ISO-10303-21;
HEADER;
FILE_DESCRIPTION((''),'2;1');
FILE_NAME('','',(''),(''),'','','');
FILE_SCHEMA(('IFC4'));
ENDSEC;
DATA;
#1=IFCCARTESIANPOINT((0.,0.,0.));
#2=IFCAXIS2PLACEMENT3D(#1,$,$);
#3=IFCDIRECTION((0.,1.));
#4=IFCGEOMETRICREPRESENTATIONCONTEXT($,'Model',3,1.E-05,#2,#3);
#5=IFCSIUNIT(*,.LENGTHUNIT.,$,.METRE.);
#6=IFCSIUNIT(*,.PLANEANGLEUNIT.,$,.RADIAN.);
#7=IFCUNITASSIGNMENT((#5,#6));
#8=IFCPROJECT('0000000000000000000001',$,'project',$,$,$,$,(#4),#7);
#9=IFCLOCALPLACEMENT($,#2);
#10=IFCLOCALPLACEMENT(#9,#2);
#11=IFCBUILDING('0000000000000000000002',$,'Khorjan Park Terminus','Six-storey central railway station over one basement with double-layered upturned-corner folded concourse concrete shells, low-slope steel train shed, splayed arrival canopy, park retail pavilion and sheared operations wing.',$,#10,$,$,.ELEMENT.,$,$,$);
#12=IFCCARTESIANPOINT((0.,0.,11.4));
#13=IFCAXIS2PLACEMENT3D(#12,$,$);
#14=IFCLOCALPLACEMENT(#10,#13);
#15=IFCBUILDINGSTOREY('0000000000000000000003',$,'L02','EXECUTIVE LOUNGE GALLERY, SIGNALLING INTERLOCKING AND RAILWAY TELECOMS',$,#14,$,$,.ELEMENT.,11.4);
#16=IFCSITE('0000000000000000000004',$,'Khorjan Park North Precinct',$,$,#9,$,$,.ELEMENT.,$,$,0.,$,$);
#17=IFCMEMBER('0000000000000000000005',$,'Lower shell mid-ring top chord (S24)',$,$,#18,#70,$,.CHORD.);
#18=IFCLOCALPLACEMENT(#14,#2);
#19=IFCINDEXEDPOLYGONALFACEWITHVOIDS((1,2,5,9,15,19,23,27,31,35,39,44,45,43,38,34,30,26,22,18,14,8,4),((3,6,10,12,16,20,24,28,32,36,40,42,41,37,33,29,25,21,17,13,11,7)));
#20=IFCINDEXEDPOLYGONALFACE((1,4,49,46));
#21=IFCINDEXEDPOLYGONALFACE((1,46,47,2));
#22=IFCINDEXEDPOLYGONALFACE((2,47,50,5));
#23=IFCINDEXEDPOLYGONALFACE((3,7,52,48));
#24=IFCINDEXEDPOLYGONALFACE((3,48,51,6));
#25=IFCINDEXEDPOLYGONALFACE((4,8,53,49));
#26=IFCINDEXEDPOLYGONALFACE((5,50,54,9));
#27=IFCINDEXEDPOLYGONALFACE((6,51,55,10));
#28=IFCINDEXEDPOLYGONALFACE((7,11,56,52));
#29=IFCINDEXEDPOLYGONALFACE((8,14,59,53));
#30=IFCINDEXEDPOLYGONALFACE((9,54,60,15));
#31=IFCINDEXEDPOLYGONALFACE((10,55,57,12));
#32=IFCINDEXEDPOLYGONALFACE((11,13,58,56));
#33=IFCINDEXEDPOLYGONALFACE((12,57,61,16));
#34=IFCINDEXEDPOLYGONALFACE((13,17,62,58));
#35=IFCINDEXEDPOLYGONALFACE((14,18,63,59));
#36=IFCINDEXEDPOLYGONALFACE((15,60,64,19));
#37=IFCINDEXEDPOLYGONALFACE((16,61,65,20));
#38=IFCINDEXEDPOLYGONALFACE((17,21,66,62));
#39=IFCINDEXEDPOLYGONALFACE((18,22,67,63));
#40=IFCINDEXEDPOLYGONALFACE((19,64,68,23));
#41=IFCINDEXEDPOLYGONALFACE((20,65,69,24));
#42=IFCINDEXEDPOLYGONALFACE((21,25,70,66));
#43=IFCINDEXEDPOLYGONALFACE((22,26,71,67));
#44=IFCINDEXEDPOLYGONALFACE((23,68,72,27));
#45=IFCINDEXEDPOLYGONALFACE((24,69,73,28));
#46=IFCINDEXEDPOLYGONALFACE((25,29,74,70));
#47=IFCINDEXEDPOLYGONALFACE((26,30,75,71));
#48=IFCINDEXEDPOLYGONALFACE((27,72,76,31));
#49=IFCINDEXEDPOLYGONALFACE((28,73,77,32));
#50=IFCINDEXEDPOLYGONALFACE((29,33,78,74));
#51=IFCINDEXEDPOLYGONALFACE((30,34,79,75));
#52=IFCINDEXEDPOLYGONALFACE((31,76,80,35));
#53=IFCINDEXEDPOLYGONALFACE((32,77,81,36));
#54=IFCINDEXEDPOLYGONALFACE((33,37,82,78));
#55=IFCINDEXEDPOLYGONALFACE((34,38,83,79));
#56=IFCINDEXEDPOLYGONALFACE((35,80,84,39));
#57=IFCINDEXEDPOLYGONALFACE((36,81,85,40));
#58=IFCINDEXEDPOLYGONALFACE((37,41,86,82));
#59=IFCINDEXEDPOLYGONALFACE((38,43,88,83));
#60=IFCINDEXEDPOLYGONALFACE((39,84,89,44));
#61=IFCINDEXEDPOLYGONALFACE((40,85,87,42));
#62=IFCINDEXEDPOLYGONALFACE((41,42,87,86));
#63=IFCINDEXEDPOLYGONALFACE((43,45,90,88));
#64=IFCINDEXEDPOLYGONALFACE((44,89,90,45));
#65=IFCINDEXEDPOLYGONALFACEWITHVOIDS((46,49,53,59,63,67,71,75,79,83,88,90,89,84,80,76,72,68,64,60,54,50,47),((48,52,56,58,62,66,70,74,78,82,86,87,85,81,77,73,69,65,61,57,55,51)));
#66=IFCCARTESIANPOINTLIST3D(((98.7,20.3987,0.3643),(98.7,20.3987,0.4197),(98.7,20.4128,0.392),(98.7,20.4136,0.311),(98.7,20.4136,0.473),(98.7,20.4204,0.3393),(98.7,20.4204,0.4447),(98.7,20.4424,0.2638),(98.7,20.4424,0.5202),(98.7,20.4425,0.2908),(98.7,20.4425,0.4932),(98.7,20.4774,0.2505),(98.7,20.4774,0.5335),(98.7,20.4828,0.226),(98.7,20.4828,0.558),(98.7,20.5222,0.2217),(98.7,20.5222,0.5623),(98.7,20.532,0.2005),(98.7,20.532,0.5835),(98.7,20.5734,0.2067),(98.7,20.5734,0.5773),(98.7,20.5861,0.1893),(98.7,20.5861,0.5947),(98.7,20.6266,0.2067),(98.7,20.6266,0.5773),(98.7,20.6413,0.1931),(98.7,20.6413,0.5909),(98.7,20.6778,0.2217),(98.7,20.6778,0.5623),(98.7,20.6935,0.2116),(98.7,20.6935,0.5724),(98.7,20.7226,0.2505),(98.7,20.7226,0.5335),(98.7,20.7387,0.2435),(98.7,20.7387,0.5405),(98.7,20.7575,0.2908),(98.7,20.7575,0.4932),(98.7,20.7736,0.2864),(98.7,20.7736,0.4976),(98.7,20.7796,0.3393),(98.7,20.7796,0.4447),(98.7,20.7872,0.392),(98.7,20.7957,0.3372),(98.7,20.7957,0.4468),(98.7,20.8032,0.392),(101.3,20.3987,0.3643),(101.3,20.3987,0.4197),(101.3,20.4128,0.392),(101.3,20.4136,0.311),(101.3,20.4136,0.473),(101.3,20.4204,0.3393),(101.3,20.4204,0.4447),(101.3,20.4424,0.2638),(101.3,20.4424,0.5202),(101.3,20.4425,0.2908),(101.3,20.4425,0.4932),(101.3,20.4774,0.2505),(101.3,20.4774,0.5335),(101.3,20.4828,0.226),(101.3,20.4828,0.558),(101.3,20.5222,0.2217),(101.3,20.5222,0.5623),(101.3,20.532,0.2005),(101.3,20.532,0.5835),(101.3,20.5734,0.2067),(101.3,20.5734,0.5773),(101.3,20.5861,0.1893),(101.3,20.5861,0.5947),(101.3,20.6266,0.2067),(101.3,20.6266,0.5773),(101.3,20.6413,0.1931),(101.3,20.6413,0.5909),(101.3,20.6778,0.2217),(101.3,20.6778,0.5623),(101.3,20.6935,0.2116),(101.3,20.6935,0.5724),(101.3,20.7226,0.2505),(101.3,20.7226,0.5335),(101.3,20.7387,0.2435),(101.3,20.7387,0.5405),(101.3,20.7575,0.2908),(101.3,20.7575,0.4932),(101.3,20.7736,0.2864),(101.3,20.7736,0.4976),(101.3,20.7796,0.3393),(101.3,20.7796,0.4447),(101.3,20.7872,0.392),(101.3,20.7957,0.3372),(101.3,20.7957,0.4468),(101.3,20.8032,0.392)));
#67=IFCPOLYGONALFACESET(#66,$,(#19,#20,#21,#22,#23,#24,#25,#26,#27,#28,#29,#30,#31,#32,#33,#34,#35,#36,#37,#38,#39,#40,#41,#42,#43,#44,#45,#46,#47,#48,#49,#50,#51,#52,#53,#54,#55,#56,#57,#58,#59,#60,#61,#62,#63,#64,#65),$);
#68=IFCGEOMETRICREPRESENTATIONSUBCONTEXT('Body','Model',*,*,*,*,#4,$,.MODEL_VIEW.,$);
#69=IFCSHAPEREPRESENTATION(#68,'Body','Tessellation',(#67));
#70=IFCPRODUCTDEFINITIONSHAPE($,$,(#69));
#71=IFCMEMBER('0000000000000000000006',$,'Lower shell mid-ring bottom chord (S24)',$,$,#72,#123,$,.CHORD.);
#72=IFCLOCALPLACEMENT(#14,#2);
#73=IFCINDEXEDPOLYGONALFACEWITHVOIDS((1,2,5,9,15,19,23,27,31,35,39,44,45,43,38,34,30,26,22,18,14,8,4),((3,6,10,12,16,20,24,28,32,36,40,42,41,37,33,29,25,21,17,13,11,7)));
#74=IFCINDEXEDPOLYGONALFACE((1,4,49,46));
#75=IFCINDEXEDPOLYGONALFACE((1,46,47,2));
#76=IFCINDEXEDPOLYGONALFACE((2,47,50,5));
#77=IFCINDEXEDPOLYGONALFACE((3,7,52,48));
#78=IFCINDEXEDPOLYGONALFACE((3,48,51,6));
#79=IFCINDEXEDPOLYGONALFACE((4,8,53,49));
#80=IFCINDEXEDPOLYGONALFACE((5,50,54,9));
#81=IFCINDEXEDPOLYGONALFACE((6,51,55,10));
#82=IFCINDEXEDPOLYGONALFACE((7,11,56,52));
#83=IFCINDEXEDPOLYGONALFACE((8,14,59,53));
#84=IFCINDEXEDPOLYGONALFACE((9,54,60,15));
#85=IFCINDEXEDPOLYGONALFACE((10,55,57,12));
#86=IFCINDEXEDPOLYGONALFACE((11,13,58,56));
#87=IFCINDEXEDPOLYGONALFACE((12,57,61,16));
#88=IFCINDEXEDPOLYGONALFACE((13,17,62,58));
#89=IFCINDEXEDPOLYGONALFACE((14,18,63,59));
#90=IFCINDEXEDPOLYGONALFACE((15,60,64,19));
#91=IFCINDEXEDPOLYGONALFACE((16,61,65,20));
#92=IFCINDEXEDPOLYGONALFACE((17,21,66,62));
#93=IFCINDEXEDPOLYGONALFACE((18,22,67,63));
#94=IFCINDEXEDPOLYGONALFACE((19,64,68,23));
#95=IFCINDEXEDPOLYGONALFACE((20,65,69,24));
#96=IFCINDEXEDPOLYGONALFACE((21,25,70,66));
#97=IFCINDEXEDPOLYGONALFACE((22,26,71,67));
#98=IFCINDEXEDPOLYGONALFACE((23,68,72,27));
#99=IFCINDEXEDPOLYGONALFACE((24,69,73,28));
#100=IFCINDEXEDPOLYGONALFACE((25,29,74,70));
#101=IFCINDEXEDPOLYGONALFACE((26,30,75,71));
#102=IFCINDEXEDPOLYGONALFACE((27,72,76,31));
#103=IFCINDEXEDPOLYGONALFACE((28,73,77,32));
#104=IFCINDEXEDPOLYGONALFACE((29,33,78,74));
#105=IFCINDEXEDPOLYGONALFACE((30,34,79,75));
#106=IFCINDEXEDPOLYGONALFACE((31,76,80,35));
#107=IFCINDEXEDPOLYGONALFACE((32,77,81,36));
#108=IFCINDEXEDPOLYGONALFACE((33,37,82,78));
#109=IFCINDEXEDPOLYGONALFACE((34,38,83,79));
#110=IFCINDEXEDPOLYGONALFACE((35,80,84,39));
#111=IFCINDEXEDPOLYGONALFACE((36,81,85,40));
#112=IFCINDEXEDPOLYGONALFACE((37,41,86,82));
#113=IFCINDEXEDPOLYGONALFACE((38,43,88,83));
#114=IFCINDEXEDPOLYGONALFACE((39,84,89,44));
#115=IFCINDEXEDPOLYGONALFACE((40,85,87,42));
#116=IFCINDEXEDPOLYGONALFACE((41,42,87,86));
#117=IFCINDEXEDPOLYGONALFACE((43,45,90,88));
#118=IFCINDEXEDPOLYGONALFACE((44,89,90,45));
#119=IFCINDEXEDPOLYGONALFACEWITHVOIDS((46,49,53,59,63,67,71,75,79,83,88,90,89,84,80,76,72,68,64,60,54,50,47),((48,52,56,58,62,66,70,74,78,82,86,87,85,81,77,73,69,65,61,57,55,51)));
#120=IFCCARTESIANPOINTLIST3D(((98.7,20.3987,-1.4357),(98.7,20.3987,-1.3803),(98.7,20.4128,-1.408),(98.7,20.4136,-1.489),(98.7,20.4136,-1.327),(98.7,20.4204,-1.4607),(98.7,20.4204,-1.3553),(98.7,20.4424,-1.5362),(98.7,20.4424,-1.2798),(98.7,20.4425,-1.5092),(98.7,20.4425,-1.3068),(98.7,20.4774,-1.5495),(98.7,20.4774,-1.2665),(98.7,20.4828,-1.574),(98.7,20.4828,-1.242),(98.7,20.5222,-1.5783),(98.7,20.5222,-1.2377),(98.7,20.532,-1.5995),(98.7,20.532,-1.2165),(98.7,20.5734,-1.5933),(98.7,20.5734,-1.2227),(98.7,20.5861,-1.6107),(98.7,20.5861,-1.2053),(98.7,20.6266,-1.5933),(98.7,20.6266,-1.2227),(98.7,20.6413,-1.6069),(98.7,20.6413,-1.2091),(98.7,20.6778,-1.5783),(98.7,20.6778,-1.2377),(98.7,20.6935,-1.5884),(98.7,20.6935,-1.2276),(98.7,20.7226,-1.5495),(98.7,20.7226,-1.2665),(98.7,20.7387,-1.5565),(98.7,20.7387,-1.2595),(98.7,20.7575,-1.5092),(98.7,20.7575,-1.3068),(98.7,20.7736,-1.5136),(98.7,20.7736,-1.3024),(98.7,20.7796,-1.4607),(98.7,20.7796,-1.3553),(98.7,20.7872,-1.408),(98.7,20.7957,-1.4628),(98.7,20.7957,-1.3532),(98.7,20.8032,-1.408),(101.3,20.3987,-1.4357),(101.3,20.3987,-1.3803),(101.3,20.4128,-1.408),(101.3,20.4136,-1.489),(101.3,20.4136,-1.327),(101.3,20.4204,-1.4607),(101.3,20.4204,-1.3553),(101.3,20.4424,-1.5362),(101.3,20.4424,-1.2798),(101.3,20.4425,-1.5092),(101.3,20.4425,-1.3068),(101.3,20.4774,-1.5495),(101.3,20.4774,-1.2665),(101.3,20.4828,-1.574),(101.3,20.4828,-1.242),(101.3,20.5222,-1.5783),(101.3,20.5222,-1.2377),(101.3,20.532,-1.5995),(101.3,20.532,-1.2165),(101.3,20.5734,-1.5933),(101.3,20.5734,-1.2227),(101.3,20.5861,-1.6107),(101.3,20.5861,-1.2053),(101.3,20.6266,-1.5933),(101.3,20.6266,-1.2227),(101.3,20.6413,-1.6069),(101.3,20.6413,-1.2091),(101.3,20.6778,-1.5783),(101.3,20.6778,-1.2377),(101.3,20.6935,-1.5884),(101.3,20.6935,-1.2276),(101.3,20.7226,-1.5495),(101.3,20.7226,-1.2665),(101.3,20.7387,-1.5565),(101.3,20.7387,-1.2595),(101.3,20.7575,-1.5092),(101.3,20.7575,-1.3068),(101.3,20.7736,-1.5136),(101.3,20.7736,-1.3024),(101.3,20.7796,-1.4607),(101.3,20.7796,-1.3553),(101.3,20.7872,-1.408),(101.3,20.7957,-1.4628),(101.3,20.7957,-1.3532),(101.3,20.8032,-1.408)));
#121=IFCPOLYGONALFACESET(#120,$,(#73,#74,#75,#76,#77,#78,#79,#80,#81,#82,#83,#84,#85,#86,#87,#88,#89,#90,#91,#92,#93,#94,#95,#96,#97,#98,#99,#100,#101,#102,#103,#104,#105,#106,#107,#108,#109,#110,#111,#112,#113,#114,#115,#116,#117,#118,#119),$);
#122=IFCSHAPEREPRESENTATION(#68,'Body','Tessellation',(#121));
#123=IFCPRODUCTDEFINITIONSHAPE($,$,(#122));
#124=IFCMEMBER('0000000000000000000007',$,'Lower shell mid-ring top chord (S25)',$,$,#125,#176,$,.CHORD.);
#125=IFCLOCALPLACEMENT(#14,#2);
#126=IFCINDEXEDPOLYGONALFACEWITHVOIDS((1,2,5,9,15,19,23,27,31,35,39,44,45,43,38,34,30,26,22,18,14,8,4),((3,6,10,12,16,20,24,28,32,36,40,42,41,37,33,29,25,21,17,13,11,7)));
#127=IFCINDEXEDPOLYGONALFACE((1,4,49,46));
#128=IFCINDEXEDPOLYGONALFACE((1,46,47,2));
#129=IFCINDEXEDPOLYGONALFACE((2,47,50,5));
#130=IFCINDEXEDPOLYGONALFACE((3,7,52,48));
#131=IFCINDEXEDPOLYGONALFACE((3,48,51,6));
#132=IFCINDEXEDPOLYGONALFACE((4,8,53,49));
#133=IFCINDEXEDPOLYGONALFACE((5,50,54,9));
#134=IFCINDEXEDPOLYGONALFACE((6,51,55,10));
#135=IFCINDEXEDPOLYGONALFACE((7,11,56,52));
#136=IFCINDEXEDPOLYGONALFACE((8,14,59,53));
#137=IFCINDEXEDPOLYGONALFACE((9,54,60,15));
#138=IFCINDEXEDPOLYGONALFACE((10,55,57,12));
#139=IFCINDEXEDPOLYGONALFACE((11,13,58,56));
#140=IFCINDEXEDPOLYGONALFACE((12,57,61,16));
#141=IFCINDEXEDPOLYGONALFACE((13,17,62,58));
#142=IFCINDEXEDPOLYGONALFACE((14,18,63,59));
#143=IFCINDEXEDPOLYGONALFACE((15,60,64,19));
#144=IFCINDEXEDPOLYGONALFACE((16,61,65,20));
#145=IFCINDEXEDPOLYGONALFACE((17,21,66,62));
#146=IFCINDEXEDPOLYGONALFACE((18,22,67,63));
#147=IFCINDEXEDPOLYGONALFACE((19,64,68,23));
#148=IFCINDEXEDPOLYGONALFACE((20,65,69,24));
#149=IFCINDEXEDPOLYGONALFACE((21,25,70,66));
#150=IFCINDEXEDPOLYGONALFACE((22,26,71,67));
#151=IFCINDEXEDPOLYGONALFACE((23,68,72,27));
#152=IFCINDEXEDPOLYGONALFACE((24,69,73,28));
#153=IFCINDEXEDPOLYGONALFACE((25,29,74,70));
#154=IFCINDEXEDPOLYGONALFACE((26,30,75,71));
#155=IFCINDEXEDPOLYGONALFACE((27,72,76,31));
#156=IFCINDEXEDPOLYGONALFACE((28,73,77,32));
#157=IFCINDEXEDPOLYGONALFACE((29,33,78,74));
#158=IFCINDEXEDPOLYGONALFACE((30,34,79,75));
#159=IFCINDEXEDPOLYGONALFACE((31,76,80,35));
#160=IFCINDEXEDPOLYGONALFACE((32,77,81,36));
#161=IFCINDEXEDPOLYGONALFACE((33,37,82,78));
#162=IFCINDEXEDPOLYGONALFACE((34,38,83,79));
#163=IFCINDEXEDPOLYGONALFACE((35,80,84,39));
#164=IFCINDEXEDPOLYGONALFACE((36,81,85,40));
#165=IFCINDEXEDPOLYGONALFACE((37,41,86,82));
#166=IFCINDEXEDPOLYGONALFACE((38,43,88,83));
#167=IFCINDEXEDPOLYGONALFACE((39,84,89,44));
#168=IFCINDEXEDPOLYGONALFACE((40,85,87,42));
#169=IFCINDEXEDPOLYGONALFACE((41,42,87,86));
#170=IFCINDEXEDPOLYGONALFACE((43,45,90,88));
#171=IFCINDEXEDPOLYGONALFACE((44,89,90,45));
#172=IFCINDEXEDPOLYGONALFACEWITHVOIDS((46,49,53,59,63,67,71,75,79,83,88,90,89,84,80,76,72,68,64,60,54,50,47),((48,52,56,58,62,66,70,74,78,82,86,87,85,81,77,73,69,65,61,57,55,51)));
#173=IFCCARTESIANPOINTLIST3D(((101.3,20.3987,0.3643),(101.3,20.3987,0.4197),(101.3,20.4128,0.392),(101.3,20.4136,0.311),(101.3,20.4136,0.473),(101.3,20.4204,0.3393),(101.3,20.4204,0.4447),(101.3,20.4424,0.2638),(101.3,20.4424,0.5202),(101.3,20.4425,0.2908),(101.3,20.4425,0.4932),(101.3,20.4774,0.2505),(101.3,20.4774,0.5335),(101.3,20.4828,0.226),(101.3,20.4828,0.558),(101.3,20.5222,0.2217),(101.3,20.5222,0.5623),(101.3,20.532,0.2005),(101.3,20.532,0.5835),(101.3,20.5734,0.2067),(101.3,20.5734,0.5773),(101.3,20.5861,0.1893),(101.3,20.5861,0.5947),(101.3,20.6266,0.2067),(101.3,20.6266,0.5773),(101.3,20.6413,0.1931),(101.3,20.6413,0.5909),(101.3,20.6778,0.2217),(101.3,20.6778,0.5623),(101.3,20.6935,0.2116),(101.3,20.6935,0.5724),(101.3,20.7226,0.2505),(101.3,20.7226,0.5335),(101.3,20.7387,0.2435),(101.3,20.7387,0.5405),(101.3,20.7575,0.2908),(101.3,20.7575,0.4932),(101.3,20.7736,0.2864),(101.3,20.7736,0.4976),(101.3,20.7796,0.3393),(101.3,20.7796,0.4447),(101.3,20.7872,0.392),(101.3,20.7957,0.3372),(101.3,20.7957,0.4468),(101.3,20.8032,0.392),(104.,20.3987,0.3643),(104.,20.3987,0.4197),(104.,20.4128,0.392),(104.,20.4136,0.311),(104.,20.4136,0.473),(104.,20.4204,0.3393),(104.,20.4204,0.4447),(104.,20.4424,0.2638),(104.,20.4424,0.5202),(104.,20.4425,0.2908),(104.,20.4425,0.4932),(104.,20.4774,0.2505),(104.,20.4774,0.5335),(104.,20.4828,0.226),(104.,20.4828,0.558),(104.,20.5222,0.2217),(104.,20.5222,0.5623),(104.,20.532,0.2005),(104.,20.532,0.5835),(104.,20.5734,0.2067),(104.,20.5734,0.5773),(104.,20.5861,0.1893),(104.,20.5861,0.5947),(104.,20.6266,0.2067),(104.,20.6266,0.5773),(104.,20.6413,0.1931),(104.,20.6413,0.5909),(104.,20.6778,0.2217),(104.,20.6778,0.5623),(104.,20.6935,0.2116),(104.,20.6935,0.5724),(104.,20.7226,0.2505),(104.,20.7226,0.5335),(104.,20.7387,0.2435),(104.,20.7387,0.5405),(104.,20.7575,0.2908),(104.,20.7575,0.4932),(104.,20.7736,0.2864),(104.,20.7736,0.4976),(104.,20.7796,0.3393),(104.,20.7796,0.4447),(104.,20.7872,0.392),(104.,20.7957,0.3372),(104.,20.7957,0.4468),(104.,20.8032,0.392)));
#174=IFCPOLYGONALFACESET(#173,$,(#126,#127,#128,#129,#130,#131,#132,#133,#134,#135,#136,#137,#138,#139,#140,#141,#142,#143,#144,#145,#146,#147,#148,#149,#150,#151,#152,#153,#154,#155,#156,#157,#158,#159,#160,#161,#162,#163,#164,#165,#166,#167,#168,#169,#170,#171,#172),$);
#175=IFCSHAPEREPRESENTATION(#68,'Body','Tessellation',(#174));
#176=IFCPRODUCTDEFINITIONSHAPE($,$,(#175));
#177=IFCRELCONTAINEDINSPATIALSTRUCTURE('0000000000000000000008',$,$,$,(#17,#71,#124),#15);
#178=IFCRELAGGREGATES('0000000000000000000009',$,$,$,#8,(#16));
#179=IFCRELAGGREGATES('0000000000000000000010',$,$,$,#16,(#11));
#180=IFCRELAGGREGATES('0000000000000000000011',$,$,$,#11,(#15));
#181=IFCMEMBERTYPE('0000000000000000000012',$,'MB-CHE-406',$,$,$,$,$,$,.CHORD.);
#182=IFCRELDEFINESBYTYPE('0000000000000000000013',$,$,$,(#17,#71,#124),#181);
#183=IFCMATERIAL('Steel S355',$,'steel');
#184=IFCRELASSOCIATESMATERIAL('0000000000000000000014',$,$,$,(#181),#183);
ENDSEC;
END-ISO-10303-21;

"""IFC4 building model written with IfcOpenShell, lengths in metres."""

from ifc_helpers import new_model, si_unit, direction, frame, origin, origin_2d, place, context, subcontext, project, spatial, hollow_circle, extrude, material, material_profile, profile_set, type_object, element, save


model = new_model("IFC4")

# Units and contexts
model_context = context("Model", 3, precision=1e-05, world=origin(), true_north=direction((0.0, 1.0)))
body_context = subcontext(model_context, "Body", "Model", "MODEL_VIEW")
ifc_project = project(units=[si_unit("LENGTHUNIT", "METRE"), si_unit("PLANEANGLEUNIT", "RADIAN")], contexts=[model_context])

# Site, building, storey
site_placement = place(None, origin())
site = spatial("IfcSite", under=ifc_project, at=site_placement, Name="Khorjan Park North Precinct", CompositionType="ELEMENT", RefElevation=0.0)
building_placement = place(site_placement, origin())
building = spatial("IfcBuilding", under=site, at=building_placement, Name="Khorjan Park Terminus", Description="Six-storey central railway station over one basement with double-layered upturned-corner folded concourse concrete shells, low-slope steel train shed, splayed arrival canopy, park retail pavilion and sheared operations wing.", CompositionType="ELEMENT")
storey_placement = place(building_placement, frame((0.0, 0.0, 11.4)))
storey = spatial("IfcBuildingStorey", under=building, at=storey_placement, Name="L02", Description="EXECUTIVE LOUNGE GALLERY, SIGNALLING INTERLOCKING AND RAILWAY TELECOMS", CompositionType="ELEMENT", Elevation=11.4)

# Members
ifc_material_1 = material(Name="Steel S355", Category="steel")
ifc_material_profile_1 = material_profile(ifc_material_1, hollow_circle(Radius=0.2032, WallThickness=0.016, at=origin_2d()), Name="CHS 406.4x16")
ifc_profile_set_1 = profile_set([ifc_material_profile_1], Name="Steel S355")
member_type_1 = type_object("IfcMemberType", Name="MB-CHE-406", PredefinedType="CHORD", material=ifc_profile_set_1)
for number, where, z_axis, x_axis, name in (
    (1, (98.7, 20.6, 0.392), (1.0, 0.0, 0.0), (0.0, 1.0, 0.0), "Lower shell mid-ring top chord (S24)"),
    (2, (98.7, 20.6, -1.408), (1.0, 0.0, 0.0), (0.0, 1.0, 0.0), "Lower shell mid-ring bottom chord (S24)"),
):
    element("IfcMember", number, at=place(storey_placement, frame(where, z_axis=z_axis, x_axis=x_axis)), inside=storey, type_object=member_type_1, Name=name, PredefinedType="CHORD", context=body_context, shape_type="SweptSolid", body=[
        extrude(hollow_circle(Radius=0.2032, WallThickness=0.016, at=origin_2d()), origin(), (0.0, 0.0, 1.0), 2.6),
    ])
for number, where, z_axis, x_axis, name in (
    (3, (101.3, 20.6, 0.392), (1.0, 0.0, 0.0), (0.0, 1.0, 0.0), "Lower shell mid-ring top chord (S25)"),
):
    element("IfcMember", number, at=place(storey_placement, frame(where, z_axis=z_axis, x_axis=x_axis)), inside=storey, type_object=member_type_1, Name=name, PredefinedType="CHORD", context=body_context, shape_type="SweptSolid", body=[
        extrude(hollow_circle(Radius=0.2032, WallThickness=0.016, at=origin_2d()), origin(), (0.0, 0.0, 1.0), 2.7),
    ])

save(model, "model.ifc")
